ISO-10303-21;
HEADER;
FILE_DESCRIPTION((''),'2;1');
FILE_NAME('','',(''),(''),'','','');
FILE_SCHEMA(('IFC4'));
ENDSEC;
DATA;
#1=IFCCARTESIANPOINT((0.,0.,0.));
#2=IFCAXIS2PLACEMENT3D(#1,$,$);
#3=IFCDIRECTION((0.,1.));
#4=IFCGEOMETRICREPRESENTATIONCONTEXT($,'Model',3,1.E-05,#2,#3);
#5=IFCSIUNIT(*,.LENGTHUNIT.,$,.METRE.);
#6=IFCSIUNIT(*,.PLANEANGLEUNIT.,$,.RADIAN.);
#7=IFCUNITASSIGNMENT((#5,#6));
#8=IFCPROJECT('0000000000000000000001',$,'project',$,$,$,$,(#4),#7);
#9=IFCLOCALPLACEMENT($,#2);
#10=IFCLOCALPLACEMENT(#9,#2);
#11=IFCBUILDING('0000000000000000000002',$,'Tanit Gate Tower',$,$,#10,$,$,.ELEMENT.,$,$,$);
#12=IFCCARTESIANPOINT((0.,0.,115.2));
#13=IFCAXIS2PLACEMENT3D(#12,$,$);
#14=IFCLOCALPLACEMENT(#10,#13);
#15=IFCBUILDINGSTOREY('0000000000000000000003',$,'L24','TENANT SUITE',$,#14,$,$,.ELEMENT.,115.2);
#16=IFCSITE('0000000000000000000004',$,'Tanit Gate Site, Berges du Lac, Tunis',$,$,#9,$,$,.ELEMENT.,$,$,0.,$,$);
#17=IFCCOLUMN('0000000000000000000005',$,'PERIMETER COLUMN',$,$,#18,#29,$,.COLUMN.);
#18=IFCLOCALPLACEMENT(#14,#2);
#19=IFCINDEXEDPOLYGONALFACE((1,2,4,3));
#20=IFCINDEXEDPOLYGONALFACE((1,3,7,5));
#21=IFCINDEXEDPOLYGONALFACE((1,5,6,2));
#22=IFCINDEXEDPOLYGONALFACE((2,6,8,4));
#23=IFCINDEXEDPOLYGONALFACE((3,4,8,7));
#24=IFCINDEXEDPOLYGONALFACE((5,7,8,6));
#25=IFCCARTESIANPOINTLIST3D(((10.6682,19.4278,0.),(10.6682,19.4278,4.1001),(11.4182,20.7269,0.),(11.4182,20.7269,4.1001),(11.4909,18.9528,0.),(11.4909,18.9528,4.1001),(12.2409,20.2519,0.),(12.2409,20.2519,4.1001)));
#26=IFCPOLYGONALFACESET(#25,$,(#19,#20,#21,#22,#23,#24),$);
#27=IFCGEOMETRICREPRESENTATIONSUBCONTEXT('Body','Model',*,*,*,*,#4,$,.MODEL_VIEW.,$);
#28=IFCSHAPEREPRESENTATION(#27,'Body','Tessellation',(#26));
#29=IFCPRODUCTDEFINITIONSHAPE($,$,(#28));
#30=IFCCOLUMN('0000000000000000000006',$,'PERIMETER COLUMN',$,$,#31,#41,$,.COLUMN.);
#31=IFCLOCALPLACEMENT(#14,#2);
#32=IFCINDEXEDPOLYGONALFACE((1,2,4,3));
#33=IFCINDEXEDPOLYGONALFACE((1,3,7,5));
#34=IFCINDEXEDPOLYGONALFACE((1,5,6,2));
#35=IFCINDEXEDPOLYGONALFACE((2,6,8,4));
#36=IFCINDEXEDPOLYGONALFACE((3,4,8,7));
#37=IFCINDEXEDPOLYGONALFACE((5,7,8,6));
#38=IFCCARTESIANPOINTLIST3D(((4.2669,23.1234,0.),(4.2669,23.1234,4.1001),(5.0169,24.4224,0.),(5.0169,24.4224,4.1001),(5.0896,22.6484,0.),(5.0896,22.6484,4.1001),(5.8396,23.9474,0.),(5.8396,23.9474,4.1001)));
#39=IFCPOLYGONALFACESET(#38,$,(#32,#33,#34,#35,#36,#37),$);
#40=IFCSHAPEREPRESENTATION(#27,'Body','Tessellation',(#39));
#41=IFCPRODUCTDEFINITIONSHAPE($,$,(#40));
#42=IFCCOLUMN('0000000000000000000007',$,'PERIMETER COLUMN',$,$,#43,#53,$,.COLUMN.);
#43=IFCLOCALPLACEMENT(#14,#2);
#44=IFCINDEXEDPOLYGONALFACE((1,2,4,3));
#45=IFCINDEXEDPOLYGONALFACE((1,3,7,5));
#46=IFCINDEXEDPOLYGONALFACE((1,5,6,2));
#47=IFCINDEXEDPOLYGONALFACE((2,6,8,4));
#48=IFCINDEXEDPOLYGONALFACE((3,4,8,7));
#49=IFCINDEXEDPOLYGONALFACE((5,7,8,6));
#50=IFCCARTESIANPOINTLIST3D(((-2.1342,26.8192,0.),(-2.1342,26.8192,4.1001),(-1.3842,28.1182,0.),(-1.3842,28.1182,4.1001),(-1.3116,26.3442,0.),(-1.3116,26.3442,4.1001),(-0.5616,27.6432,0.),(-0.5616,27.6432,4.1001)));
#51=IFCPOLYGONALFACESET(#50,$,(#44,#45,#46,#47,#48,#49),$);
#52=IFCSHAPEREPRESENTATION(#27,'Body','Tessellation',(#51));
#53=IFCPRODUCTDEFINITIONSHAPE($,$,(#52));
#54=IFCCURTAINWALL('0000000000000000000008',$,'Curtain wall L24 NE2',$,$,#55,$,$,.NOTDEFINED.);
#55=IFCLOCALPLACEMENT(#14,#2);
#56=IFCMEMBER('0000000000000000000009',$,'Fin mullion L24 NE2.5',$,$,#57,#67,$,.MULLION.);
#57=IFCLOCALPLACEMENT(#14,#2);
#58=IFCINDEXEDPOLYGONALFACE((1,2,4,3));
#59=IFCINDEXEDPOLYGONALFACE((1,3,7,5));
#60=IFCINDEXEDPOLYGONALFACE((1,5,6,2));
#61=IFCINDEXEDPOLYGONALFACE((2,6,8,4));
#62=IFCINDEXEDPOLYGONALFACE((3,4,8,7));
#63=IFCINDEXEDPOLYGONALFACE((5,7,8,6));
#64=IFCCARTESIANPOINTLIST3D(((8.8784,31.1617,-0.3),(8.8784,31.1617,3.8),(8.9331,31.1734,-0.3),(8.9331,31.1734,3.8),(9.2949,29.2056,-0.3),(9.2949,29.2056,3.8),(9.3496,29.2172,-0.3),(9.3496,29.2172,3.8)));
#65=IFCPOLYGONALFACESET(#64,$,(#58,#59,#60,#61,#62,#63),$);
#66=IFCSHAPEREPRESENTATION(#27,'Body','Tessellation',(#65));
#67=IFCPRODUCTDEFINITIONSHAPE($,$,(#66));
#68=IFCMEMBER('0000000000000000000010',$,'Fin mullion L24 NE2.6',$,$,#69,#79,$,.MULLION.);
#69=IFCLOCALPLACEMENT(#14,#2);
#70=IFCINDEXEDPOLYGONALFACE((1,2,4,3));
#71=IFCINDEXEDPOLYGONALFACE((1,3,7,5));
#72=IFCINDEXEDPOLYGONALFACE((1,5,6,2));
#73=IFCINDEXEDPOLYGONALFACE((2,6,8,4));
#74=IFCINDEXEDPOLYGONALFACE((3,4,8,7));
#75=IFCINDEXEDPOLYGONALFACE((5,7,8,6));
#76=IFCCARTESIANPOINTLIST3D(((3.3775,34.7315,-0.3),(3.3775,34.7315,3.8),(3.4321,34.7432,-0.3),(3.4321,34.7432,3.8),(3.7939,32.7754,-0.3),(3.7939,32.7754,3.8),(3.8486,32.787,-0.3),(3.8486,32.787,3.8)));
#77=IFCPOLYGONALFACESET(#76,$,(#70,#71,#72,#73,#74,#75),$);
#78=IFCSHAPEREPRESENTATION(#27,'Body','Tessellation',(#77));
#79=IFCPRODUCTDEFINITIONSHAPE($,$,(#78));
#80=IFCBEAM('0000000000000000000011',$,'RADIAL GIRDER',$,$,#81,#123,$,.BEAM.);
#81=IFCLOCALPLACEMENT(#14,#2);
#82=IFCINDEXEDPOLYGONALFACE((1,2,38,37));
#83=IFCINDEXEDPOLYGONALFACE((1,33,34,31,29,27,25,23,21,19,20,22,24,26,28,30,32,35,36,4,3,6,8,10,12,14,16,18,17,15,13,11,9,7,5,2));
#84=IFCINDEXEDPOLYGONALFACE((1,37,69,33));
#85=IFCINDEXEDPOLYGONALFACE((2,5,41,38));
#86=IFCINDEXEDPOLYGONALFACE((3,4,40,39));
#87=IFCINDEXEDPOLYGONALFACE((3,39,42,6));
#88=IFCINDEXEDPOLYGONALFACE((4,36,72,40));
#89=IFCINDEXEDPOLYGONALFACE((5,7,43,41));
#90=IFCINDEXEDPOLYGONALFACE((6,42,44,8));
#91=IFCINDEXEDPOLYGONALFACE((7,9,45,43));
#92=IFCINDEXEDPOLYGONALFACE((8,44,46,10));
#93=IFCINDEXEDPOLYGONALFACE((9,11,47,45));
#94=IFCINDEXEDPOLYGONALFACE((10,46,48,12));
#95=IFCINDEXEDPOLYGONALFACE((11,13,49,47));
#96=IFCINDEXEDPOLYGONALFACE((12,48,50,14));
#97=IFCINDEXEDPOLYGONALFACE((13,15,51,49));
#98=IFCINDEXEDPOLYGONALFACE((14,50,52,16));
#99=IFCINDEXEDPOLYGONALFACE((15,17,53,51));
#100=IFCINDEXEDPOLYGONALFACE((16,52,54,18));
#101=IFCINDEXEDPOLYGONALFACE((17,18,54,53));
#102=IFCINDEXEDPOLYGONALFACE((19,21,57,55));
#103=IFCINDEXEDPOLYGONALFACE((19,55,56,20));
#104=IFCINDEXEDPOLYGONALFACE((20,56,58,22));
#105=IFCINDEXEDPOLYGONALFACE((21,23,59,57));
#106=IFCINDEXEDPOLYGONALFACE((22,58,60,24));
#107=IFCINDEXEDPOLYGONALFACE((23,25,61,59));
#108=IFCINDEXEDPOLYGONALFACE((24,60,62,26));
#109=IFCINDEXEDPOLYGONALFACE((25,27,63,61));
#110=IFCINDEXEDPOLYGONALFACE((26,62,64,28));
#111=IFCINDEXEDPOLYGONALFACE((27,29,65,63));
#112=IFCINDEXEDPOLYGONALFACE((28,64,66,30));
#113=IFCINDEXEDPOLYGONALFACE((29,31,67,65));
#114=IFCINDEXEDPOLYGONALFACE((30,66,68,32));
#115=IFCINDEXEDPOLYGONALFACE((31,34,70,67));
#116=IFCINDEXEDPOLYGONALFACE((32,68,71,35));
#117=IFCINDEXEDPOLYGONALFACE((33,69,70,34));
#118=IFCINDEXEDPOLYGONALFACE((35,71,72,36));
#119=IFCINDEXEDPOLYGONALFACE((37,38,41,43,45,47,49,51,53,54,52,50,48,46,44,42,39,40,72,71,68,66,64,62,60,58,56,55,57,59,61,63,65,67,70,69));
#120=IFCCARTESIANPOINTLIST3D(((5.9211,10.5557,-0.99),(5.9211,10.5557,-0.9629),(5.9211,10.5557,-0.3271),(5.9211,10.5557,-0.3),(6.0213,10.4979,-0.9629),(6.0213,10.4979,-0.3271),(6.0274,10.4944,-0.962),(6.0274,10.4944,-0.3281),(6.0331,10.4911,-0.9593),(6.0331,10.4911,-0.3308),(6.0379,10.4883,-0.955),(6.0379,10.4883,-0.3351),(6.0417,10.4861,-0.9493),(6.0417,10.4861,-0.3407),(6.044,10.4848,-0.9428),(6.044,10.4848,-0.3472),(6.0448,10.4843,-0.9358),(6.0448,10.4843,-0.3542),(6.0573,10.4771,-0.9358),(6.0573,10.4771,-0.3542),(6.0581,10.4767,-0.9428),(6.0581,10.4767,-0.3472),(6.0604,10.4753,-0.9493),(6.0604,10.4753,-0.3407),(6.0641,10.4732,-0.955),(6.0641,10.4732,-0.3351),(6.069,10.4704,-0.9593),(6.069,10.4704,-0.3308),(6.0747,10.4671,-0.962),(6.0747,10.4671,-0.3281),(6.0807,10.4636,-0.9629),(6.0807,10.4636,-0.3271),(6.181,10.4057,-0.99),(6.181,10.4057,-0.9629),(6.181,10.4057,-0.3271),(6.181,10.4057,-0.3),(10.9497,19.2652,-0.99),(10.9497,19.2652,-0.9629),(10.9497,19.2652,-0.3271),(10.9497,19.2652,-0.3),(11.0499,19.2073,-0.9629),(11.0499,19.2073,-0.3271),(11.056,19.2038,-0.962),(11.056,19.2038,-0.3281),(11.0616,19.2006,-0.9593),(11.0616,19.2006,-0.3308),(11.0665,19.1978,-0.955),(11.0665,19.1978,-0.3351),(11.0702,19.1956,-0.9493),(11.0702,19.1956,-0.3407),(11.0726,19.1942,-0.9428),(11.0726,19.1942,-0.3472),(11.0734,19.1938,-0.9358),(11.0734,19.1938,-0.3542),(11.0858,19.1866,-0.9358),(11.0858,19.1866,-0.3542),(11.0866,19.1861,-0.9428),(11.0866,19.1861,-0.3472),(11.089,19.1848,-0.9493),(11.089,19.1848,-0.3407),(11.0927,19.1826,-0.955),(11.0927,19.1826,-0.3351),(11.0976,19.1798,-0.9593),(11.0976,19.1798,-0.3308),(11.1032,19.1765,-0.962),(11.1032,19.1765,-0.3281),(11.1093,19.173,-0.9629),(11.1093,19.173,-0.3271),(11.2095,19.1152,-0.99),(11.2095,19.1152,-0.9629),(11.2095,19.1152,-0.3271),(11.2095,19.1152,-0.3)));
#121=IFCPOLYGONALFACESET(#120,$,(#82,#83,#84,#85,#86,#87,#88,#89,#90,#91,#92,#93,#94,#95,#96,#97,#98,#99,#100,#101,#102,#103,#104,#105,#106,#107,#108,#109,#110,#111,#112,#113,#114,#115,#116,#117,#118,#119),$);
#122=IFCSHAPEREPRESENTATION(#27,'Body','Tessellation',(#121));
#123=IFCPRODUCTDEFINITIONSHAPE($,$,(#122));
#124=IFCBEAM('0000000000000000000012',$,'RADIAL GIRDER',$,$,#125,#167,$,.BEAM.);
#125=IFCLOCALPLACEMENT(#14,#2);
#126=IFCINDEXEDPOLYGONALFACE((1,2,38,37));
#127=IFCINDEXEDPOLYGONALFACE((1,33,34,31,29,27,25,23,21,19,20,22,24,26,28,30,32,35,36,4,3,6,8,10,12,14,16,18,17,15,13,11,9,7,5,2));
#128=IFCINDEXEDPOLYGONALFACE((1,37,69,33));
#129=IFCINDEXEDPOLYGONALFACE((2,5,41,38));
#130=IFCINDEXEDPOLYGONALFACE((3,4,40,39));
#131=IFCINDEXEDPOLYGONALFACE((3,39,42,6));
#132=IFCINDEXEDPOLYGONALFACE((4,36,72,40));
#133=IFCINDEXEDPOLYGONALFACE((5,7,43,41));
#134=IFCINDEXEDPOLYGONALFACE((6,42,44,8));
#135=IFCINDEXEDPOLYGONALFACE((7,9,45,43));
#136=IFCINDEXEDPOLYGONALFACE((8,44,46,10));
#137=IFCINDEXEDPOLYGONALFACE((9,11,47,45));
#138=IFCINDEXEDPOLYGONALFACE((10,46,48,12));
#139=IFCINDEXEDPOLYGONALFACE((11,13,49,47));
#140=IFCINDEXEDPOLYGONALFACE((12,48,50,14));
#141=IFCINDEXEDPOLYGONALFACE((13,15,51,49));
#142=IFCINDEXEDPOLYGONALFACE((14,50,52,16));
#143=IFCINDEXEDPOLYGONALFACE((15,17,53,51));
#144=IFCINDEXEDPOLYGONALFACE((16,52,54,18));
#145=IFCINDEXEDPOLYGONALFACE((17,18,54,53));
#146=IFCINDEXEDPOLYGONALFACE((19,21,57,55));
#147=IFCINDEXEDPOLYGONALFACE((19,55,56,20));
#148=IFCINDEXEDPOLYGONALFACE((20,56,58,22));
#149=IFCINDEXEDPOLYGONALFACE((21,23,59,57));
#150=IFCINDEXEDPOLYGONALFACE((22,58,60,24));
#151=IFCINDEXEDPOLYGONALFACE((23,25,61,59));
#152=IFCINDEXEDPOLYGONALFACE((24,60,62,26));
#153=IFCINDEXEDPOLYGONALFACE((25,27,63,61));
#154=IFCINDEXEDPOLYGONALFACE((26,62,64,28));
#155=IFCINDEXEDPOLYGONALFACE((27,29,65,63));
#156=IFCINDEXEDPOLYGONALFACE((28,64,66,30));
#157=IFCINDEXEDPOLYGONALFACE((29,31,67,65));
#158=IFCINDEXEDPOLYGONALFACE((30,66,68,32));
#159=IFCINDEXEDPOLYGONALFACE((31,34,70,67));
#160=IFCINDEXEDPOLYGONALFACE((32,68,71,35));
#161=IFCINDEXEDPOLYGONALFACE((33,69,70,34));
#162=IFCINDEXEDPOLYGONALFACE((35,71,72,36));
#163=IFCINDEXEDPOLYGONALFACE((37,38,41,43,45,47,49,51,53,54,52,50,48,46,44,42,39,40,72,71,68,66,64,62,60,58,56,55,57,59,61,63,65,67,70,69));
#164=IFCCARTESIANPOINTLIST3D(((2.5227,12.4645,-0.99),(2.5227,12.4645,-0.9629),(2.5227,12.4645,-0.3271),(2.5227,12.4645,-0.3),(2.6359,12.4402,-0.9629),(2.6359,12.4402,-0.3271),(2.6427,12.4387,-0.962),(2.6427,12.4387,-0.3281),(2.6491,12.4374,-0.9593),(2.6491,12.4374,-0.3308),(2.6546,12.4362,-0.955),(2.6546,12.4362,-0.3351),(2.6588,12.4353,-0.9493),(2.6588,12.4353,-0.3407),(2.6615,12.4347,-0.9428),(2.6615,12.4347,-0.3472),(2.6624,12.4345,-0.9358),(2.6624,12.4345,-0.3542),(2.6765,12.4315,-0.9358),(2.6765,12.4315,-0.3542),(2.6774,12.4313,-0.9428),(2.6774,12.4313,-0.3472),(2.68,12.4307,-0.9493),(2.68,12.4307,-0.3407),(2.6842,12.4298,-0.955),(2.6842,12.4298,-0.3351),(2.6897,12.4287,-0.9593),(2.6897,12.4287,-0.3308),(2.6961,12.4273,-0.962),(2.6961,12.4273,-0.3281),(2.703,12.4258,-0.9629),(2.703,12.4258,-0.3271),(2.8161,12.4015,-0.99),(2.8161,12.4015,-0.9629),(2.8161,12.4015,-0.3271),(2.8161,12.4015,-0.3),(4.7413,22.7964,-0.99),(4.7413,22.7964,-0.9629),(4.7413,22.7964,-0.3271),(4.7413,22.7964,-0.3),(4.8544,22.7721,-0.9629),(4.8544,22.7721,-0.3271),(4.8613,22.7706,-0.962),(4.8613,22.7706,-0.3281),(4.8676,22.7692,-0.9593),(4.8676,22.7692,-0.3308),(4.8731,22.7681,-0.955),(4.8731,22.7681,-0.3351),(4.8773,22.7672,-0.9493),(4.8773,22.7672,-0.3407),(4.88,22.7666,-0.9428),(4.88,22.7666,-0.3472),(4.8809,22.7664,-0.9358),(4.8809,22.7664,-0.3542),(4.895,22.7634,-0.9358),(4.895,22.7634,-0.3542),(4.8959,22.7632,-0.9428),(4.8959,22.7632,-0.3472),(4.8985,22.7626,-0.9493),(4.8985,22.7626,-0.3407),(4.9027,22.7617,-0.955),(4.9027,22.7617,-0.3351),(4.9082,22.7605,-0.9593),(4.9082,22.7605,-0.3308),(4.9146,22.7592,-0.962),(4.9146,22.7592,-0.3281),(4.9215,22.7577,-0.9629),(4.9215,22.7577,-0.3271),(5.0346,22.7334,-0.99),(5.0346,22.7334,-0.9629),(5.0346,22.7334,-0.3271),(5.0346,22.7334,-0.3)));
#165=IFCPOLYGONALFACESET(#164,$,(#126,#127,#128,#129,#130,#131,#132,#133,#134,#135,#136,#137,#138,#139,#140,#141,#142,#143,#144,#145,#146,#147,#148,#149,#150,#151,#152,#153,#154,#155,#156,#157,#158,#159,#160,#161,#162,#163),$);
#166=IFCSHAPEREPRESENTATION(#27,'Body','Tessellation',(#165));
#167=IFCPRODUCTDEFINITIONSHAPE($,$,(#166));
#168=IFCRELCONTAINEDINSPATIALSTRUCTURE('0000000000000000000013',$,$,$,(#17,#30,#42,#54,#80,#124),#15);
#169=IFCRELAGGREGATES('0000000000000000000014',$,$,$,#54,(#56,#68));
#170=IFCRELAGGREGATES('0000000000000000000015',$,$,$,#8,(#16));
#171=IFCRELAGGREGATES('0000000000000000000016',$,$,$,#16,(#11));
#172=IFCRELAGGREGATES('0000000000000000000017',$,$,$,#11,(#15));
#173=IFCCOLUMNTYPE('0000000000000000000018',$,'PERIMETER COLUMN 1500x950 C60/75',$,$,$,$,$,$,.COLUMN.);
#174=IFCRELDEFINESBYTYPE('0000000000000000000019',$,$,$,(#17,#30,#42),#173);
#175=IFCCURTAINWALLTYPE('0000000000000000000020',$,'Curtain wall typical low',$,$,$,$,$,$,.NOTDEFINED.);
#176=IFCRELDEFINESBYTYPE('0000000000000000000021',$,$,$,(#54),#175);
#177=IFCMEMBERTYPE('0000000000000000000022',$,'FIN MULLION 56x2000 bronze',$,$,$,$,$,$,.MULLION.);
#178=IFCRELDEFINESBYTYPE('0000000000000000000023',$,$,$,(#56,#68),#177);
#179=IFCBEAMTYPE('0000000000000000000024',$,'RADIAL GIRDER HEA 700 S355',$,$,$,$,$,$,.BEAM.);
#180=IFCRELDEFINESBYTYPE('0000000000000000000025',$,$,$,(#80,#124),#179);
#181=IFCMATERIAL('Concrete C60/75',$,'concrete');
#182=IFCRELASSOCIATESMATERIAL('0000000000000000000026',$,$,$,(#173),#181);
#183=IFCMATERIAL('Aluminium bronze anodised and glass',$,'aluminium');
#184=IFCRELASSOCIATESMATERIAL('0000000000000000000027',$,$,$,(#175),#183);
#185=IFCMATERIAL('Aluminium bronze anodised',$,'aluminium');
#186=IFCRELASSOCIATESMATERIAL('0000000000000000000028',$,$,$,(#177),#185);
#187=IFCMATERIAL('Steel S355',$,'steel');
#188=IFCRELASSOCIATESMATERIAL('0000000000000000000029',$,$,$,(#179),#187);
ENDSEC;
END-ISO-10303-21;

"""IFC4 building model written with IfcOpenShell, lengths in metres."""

from ifc_helpers import new_model, si_unit, direction, frame, origin, origin_2d, place, context, subcontext, project, spatial, rectangle, i_section, extrude, material, material_profile, profile_set, type_object, element, aggregate, save


model = new_model("IFC4")

# Units and contexts
model_context = context("Model", 3, precision=1e-05, world=origin(), true_north=direction((0.0, 1.0)))
body_context = subcontext(model_context, "Body", "Model", "MODEL_VIEW")
ifc_project = project(units=[si_unit("LENGTHUNIT", "METRE"), si_unit("PLANEANGLEUNIT", "RADIAN")], contexts=[model_context])

# Site, building, storey
site_placement = place(None, origin())
site = spatial("IfcSite", under=ifc_project, at=site_placement, Name="Tanit Gate Site, Berges du Lac, Tunis", CompositionType="ELEMENT", RefElevation=0.0)
building_placement = place(site_placement, origin())
building = spatial("IfcBuilding", under=site, at=building_placement, Name="Tanit Gate Tower", CompositionType="ELEMENT")
storey_placement = place(building_placement, frame((0.0, 0.0, 115.2)))
storey = spatial("IfcBuildingStorey", under=building, at=storey_placement, Name="L24", Description="TENANT SUITE", CompositionType="ELEMENT", Elevation=115.2)

# Columns
ifc_material_1 = material(Name="Concrete C60/75", Category="concrete")
ifc_material_profile_1 = material_profile(ifc_material_1, rectangle(XDim=1.5, YDim=0.95, at=origin_2d()), Name="RC 1500x950")
ifc_profile_set_1 = profile_set([ifc_material_profile_1], Name="Concrete C60/75")
column_type = type_object("IfcColumnType", Name="PERIMETER COLUMN 1500x950 C60/75", PredefinedType="COLUMN", material=ifc_profile_set_1)
for number, where, z_axis, x_axis, name in (
    (1, (11.4546, 19.8398, 0.0), (0.0, 0.0, 1.0), (0.5, 0.866025, 0.0), "PERIMETER COLUMN"),
    (2, (5.0532, 23.5354, 0.0), (0.0, 0.0, 1.0), (0.5, 0.866025, 0.0), "PERIMETER COLUMN"),
    (3, (-1.3479, 27.2312, 0.0), (0.0, 0.0, 1.0), (0.5, 0.866025, 0.0), "PERIMETER COLUMN"),
):
    element("IfcColumn", number, at=place(storey_placement, frame(where, z_axis=z_axis, x_axis=x_axis)), inside=storey, type_object=column_type, Name=name, PredefinedType="COLUMN", context=body_context, shape_type="SweptSolid", body=[
        extrude(rectangle(XDim=1.5, YDim=0.95, at=origin_2d()), origin(), (0.0, 0.0, 1.0), 4.1001),
    ])

# Curtain wall, members
ifc_material_2 = material(Name="Aluminium bronze anodised and glass", Category="aluminium")
curtain_wall_type = type_object("IfcCurtainWallType", Name="Curtain wall typical low", PredefinedType="NOTDEFINED", material=ifc_material_2)
curtain_wall_placement = place(storey_placement, origin())
curtain_wall = element("IfcCurtainWall", 4, at=curtain_wall_placement, inside=storey, type_object=curtain_wall_type, Name="Curtain wall L24 NE2", PredefinedType="NOTDEFINED")
ifc_material_3 = material(Name="Aluminium bronze anodised", Category="aluminium")
ifc_material_profile_2 = material_profile(ifc_material_3, rectangle(XDim=2.0, YDim=0.0559, at=origin_2d()), Name="56x2000 bronze fin mullion")
ifc_profile_set_2 = profile_set([ifc_material_profile_2], Name="Aluminium bronze anodised")
member_type_1 = type_object("IfcMemberType", Name="FIN MULLION 56x2000 bronze", PredefinedType="MULLION", material=ifc_profile_set_2)
member_1_placement = place(storey_placement, frame((9.114, 30.1895, -0.3), z_axis=(0.0, 0.0, 1.0), x_axis=(0.208238, -0.978078, 0.0)))
member_1 = element("IfcMember", 5, at=member_1_placement, type_object=member_type_1, Name="Fin mullion L24 NE2.5", PredefinedType="MULLION", context=body_context, shape_type="SweptSolid", body=[
    extrude(rectangle(XDim=2.0, YDim=0.0559, at=origin_2d()), origin(), (0.0, 0.0, 1.0), 4.1001),
])
member_2_placement = place(storey_placement, frame((3.613, 33.7593, -0.3), z_axis=(0.0, 0.0, 1.0), x_axis=(0.208238, -0.978078, 0.0)))
member_2 = element("IfcMember", 6, at=member_2_placement, type_object=member_type_1, Name="Fin mullion L24 NE2.6", PredefinedType="MULLION", context=body_context, shape_type="SweptSolid", body=[
    extrude(rectangle(XDim=2.0, YDim=0.0559, at=origin_2d()), origin(), (0.0, 0.0, 1.0), 4.1001),
])

# Beams
ifc_material_4 = material(Name="Steel S355", Category="steel")
ifc_material_profile_3 = material_profile(ifc_material_4, i_section(OverallWidth=0.3, OverallDepth=0.6899, WebThickness=0.0144, FlangeThickness=0.0271, FilletRadius=0.0271, at=origin_2d()), Name="HEA 700")
ifc_profile_set_3 = profile_set([ifc_material_profile_3], Name="Steel S355")
beam_type = type_object("IfcBeamType", Name="RADIAL GIRDER HEA 700 S355", PredefinedType="BEAM", material=ifc_profile_set_3)
beam_1_placement = place(storey_placement, frame((11.0796, 19.1902, -0.645), z_axis=(-0.500011, -0.866019, 0.0), x_axis=(0.866019, -0.500011, 0.0)))
element("IfcBeam", 7, at=beam_1_placement, inside=storey, type_object=beam_type, Name="RADIAL GIRDER", PredefinedType="BEAM", context=body_context, shape_type="SweptSolid", body=[
    extrude(i_section(OverallWidth=0.3, OverallDepth=0.6899, WebThickness=0.0144, FlangeThickness=0.0271, FilletRadius=0.0271, at=origin_2d()), origin(), (0.0, 0.0, 1.0), 10.0569),
])
beam_2_placement = place(storey_placement, frame((4.8879, 22.7649, -0.645), z_axis=(-0.209941, -0.977714, 0.0), x_axis=(0.977714, -0.209941, 0.0)))
element("IfcBeam", 8, at=beam_2_placement, inside=storey, type_object=beam_type, Name="RADIAL GIRDER", PredefinedType="BEAM", context=body_context, shape_type="SweptSolid", body=[
    extrude(i_section(OverallWidth=0.3, OverallDepth=0.6899, WebThickness=0.0144, FlangeThickness=0.0271, FilletRadius=0.0271, at=origin_2d()), origin(), (0.0, 0.0, 1.0), 10.5674),
])

aggregate(curtain_wall, [member_1, member_2])

save(model, "model.ifc")
